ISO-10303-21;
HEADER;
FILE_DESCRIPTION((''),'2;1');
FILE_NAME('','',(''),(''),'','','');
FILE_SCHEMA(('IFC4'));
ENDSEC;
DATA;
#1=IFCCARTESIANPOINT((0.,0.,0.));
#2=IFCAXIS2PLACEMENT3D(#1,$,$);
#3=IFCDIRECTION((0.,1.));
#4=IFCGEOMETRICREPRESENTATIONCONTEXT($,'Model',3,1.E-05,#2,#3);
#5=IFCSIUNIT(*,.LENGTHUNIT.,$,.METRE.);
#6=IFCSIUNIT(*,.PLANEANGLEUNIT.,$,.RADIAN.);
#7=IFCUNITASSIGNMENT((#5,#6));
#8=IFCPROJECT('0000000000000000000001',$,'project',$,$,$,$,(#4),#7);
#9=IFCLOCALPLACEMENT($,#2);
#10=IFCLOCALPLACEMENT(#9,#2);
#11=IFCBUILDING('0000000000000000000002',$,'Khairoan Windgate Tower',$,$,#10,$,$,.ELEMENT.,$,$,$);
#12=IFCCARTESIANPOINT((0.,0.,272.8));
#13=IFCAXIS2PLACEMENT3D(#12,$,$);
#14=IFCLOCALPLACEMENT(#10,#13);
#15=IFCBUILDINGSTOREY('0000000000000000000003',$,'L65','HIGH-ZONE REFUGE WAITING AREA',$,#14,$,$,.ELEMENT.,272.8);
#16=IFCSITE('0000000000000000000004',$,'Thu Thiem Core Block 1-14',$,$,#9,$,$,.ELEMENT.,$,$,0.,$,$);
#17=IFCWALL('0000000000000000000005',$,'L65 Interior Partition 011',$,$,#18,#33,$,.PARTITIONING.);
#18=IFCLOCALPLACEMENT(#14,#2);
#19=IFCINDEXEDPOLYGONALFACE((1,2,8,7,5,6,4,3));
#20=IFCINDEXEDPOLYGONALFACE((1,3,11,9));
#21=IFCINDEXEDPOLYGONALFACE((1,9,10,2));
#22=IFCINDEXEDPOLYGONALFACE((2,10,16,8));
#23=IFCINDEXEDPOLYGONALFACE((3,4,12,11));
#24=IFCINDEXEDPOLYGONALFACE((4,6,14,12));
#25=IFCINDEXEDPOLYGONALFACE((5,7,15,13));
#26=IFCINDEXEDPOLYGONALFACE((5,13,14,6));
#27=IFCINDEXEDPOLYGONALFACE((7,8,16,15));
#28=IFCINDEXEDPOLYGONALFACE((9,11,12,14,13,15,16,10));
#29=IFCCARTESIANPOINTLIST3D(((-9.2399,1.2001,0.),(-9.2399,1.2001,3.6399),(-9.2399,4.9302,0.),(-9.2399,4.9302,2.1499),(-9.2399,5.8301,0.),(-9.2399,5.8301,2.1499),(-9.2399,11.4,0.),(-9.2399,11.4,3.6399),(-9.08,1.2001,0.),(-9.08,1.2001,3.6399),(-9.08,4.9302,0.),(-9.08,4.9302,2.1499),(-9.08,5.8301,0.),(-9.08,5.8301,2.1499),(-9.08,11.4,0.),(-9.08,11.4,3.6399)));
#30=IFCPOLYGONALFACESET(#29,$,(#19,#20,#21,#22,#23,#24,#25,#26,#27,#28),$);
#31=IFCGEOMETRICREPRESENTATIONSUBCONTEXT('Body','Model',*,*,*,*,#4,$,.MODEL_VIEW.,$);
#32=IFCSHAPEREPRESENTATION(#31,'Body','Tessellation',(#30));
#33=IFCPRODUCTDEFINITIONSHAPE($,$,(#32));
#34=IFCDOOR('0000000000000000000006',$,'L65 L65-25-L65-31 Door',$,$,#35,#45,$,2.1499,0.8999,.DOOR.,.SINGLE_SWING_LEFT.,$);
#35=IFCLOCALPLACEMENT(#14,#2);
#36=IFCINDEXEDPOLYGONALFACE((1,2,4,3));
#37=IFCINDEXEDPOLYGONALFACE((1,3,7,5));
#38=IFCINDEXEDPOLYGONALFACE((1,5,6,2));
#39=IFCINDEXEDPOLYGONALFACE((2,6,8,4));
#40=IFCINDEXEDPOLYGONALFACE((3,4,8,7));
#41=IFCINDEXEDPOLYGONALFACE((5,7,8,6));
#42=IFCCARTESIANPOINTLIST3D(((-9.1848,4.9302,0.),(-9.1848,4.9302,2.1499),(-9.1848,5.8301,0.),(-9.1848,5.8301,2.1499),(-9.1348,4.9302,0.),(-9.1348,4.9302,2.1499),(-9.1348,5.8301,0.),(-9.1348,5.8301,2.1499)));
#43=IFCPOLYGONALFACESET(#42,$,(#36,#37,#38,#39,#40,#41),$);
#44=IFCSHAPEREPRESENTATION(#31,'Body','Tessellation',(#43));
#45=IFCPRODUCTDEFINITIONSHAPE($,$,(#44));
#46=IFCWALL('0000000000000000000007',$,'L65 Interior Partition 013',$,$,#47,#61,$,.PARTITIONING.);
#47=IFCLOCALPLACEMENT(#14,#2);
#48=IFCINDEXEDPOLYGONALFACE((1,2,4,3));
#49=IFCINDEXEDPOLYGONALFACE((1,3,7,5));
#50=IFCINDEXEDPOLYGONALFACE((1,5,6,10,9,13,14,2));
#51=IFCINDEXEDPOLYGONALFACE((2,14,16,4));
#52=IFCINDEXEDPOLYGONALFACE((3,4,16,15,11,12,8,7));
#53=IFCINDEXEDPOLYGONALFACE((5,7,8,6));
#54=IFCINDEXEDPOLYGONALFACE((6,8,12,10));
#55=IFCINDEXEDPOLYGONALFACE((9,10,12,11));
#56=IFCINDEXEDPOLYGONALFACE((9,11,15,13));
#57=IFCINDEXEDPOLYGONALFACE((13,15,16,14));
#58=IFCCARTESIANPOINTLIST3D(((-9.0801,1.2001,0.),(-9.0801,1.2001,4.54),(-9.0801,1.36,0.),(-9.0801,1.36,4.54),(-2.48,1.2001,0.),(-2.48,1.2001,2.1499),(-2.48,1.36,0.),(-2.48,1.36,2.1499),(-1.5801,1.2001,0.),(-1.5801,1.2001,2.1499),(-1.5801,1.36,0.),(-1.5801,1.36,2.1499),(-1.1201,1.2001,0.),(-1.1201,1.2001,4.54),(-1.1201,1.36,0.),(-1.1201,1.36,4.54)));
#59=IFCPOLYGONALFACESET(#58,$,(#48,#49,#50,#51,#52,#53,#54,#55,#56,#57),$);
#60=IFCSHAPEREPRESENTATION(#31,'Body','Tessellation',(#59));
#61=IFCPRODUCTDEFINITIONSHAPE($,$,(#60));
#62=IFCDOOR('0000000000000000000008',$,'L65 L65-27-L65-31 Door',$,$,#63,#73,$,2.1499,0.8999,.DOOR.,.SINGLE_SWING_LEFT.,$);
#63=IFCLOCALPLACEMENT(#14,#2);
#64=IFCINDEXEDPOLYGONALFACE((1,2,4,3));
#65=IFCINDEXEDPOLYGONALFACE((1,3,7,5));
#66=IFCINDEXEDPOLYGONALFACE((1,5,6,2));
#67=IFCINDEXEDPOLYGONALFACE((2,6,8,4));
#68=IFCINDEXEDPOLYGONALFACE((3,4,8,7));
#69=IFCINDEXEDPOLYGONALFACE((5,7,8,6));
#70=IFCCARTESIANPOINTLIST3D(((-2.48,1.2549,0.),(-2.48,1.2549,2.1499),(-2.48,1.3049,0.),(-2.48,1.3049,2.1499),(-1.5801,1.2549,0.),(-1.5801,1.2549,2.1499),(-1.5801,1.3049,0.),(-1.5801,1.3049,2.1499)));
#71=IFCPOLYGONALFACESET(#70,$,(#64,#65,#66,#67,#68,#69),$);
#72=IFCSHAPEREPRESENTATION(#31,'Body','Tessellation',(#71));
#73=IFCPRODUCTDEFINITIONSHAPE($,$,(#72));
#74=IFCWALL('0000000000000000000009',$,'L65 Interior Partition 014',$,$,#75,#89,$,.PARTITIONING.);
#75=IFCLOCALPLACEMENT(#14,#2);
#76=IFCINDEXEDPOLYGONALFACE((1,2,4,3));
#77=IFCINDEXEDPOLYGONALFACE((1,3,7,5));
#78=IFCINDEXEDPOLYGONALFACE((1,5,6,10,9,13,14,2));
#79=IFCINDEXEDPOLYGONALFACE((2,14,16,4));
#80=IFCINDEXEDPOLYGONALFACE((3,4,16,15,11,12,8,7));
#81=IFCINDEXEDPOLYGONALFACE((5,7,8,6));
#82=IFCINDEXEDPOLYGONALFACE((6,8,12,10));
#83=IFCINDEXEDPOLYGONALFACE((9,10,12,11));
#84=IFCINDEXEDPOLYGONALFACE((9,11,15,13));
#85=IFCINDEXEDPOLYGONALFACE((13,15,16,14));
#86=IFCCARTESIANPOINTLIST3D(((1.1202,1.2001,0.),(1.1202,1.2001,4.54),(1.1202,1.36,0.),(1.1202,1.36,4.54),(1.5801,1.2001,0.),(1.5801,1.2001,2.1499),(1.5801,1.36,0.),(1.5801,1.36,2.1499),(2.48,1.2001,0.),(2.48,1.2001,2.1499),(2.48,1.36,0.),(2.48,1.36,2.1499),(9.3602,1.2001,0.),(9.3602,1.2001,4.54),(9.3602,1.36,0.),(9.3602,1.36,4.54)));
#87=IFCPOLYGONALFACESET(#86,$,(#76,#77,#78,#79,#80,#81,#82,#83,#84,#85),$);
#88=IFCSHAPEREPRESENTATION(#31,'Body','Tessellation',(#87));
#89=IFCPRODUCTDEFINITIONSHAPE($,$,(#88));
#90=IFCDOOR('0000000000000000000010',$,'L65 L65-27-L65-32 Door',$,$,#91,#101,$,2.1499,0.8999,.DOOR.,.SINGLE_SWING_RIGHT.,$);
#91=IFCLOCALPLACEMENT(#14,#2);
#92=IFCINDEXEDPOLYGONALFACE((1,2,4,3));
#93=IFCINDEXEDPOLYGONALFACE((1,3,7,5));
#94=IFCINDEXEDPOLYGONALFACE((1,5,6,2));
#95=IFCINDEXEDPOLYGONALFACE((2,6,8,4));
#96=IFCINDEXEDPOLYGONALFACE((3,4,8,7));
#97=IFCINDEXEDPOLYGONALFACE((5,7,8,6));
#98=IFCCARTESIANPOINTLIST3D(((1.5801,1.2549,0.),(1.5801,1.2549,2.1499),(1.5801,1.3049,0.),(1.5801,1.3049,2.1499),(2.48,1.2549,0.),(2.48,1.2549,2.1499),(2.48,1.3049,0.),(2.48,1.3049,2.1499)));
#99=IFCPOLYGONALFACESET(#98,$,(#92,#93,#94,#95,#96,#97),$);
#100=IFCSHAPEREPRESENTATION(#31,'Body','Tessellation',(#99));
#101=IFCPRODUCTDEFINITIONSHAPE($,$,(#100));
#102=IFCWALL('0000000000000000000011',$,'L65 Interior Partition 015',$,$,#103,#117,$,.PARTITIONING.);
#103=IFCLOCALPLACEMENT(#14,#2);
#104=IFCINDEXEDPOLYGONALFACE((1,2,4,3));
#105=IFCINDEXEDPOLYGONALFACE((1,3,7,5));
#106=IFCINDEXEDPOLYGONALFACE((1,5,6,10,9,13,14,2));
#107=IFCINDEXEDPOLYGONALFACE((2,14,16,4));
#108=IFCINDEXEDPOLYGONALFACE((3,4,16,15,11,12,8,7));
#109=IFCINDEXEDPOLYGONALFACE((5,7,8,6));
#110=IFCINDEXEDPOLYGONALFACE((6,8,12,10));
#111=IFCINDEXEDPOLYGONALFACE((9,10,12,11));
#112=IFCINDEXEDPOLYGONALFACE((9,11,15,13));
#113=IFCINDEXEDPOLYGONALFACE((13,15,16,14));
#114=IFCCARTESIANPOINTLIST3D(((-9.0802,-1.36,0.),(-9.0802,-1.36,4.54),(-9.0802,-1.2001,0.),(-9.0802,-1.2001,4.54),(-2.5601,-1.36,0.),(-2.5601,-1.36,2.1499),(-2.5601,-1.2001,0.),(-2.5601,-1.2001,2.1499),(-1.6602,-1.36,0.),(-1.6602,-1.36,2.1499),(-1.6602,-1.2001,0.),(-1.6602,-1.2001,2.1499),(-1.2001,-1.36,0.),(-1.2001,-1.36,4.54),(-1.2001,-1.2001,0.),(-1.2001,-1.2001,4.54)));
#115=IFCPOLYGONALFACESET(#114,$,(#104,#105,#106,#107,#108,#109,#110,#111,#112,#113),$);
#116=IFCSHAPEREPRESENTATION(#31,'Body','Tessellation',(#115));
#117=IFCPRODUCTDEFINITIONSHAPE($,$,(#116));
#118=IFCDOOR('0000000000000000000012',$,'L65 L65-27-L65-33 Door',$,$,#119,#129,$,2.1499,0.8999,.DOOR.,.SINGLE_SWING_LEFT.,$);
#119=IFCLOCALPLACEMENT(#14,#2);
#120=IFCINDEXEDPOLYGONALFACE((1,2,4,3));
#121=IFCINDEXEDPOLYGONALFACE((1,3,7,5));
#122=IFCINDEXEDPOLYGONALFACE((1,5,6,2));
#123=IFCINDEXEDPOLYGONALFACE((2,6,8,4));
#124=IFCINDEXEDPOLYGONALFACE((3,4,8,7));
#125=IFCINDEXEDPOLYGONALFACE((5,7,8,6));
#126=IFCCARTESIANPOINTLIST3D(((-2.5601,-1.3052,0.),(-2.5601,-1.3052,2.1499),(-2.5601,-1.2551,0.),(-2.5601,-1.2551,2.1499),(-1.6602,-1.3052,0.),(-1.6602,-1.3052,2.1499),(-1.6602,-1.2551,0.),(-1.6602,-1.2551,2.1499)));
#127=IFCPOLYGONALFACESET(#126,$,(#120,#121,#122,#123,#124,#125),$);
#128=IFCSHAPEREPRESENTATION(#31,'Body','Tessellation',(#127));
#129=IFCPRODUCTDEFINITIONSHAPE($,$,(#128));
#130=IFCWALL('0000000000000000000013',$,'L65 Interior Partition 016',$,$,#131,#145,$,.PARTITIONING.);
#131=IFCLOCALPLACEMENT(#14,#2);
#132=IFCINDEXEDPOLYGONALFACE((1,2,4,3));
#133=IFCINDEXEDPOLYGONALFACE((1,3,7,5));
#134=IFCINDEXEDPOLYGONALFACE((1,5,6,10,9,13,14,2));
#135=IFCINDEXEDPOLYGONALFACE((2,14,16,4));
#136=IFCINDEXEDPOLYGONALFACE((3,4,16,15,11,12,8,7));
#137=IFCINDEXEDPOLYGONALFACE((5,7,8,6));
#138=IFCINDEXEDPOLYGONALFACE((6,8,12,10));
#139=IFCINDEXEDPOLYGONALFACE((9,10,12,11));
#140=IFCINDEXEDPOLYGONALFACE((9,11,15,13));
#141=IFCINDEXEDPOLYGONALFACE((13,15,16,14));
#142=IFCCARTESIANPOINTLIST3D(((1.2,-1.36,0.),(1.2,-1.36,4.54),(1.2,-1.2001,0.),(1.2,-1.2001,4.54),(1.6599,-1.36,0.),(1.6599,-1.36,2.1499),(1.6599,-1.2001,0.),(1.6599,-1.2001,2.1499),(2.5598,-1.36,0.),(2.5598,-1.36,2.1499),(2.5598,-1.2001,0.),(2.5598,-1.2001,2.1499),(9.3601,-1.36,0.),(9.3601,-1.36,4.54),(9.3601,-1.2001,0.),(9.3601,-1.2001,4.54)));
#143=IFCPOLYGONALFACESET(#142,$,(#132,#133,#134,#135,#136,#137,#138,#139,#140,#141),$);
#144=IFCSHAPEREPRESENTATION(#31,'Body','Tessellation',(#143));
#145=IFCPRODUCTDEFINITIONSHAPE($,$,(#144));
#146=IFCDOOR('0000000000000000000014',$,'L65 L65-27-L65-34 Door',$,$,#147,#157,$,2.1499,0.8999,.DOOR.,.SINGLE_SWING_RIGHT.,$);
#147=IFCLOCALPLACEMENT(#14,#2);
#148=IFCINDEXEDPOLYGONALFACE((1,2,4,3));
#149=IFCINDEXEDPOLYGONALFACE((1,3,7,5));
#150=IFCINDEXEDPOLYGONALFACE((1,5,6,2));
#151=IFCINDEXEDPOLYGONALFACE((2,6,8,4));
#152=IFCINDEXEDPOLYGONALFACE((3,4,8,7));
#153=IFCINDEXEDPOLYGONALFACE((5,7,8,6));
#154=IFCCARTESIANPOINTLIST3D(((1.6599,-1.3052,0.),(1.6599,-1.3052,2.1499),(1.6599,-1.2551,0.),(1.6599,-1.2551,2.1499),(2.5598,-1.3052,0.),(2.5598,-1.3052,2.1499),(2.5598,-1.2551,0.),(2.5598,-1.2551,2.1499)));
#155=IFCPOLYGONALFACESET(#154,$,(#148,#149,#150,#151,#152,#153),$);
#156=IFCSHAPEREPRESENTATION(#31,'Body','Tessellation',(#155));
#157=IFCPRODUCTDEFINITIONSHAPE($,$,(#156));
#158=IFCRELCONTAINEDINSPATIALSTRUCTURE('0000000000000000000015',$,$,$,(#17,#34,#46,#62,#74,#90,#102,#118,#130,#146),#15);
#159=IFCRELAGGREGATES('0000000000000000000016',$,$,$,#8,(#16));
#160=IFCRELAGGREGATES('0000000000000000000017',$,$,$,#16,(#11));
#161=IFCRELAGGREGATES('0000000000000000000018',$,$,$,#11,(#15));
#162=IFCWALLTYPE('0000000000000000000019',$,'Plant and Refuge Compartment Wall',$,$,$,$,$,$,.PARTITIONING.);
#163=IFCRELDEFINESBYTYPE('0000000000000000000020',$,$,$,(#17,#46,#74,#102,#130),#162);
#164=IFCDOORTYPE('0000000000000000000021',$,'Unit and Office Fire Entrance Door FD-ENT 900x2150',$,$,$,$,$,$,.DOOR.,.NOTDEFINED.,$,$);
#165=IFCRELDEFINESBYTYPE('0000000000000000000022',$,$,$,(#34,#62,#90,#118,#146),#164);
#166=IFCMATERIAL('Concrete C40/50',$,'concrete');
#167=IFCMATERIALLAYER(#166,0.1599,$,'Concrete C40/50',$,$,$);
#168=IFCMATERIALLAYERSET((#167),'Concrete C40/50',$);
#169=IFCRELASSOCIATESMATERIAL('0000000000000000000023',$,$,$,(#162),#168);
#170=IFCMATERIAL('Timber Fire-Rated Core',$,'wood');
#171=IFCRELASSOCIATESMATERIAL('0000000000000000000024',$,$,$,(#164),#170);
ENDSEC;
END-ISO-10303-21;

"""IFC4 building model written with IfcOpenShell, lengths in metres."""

from ifc_helpers import new_model, si_unit, direction, frame, frame_2d, origin, place, context, subcontext, project, spatial, rectangle, extrude, material, layer, layer_set, type_object, element, fill, save


model = new_model("IFC4")

# Units and contexts
model_context = context("Model", 3, precision=1e-05, world=origin(), true_north=direction((0.0, 1.0)))
body_context = subcontext(model_context, "Body", "Model", "MODEL_VIEW")
ifc_project = project(units=[si_unit("LENGTHUNIT", "METRE"), si_unit("PLANEANGLEUNIT", "RADIAN")], contexts=[model_context])

# Site, building, storey
site_placement = place(None, origin())
site = spatial("IfcSite", under=ifc_project, at=site_placement, Name="Thu Thiem Core Block 1-14", CompositionType="ELEMENT", RefElevation=0.0)
building_placement = place(site_placement, origin())
building = spatial("IfcBuilding", under=site, at=building_placement, Name="Khairoan Windgate Tower", CompositionType="ELEMENT")
storey_placement = place(building_placement, frame((0.0, 0.0, 272.8)))
storey = spatial("IfcBuildingStorey", under=building, at=storey_placement, Name="L65", Description="HIGH-ZONE REFUGE WAITING AREA", CompositionType="ELEMENT", Elevation=272.8)

# Walls, openings, doors
ifc_material_1 = material(Name="Concrete C40/50", Category="concrete")
ifc_layer_1 = layer(ifc_material_1, 0.1599, Name="Concrete C40/50")
ifc_layer_set_1 = layer_set([ifc_layer_1], Name="Concrete C40/50")
wall_type = type_object("IfcWallType", Name="Plant and Refuge Compartment Wall", PredefinedType="PARTITIONING", material=ifc_layer_set_1)
wall_1_placement = place(storey_placement, frame((-9.1599, 1.2, 0.0), z_axis=(0.0, 0.0, 1.0), x_axis=(0.0, 1.0, 0.0)))
wall_1 = element("IfcWall", 1, at=wall_1_placement, inside=storey, type_object=wall_type, Name="L65 Interior Partition 011", PredefinedType="PARTITIONING", context=body_context, shape_type="SweptSolid", body=[
    extrude(rectangle(XDim=10.2, YDim=0.1599, at=frame_2d((5.1001, 0.0))), origin(), (0.0, 0.0, 1.0), 3.6399),
])
opening_1_placement = place(wall_1_placement, frame((3.7302, 0.0, 0.0)))
opening_1 = element("IfcOpeningElement", 2, at=opening_1_placement, cuts=wall_1, PredefinedType="OPENING", context=body_context, shape_type="SweptSolid", body=[
    extrude(rectangle(XDim=0.8999, YDim=2.1499, at=frame_2d((0.45, 1.075))), frame((0.0, 0.0898, 0.0), z_axis=(0.0, -1.0, 0.0), x_axis=(1.0, 0.0, 0.0)), (0.0, 0.0, 1.0), 0.1799),
])
ifc_material_2 = material(Name="Timber Fire-Rated Core", Category="wood")
door_type = type_object("IfcDoorType", Name="Unit and Office Fire Entrance Door FD-ENT 900x2150", OperationType="NOTDEFINED", PredefinedType="DOOR", material=ifc_material_2)
door_1_placement = place(opening_1_placement, origin())
door_1 = element("IfcDoor", 3, at=door_1_placement, inside=storey, type_object=door_type, Name="L65 L65-25-L65-31 Door", OperationType="SINGLE_SWING_LEFT", OverallHeight=2.1499, OverallWidth=0.8999, PredefinedType="DOOR", context=body_context, shape_type="SweptSolid", body=[
    extrude(rectangle(XDim=0.8999, YDim=2.1499, at=frame_2d((0.45, 1.075))), frame((0.0, 0.0249, 0.0), z_axis=(0.0, -1.0, 0.0), x_axis=(1.0, 0.0, 0.0)), (0.0, 0.0, 1.0), 0.05),
])
fill(opening_1, door_1)
wall_2_placement = place(storey_placement, frame((-9.0801, 1.28, 0.0), z_axis=(0.0, 0.0, 1.0), x_axis=(1.0, 0.0, 0.0)))
wall_2 = element("IfcWall", 4, at=wall_2_placement, inside=storey, type_object=wall_type, Name="L65 Interior Partition 013", PredefinedType="PARTITIONING", context=body_context, shape_type="SweptSolid", body=[
    extrude(rectangle(XDim=7.96, YDim=0.1599, at=frame_2d((3.98, 0.0))), origin(), (0.0, 0.0, 1.0), 4.54),
])
opening_2_placement = place(wall_2_placement, frame((6.6001, 0.0, 0.0)))
opening_2 = element("IfcOpeningElement", 5, at=opening_2_placement, cuts=wall_2, PredefinedType="OPENING", context=body_context, shape_type="SweptSolid", body=[
    extrude(rectangle(XDim=0.8999, YDim=2.1499, at=frame_2d((0.45, 1.075))), frame((0.0, 0.0898, 0.0), z_axis=(0.0, -1.0, 0.0), x_axis=(1.0, 0.0, 0.0)), (0.0, 0.0, 1.0), 0.1799),
])
door_2_placement = place(opening_2_placement, origin())
door_2 = element("IfcDoor", 6, at=door_2_placement, inside=storey, type_object=door_type, Name="L65 L65-27-L65-31 Door", OperationType="SINGLE_SWING_LEFT", OverallHeight=2.1499, OverallWidth=0.8999, PredefinedType="DOOR", context=body_context, shape_type="SweptSolid", body=[
    extrude(rectangle(XDim=0.8999, YDim=2.1499, at=frame_2d((0.45, 1.075))), frame((0.0, 0.0249, 0.0), z_axis=(0.0, -1.0, 0.0), x_axis=(1.0, 0.0, 0.0)), (0.0, 0.0, 1.0), 0.05),
])
fill(opening_2, door_2)
wall_3_placement = place(storey_placement, frame((1.1201, 1.28, 0.0), z_axis=(0.0, 0.0, 1.0), x_axis=(1.0, 0.0, 0.0)))
wall_3 = element("IfcWall", 7, at=wall_3_placement, inside=storey, type_object=wall_type, Name="L65 Interior Partition 014", PredefinedType="PARTITIONING", context=body_context, shape_type="SweptSolid", body=[
    extrude(rectangle(XDim=8.24, YDim=0.1599, at=frame_2d((4.1201, 0.0))), origin(), (0.0, 0.0, 1.0), 4.54),
])
opening_3_placement = place(wall_3_placement, frame((0.46, 0.0, 0.0)))
opening_3 = element("IfcOpeningElement", 8, at=opening_3_placement, cuts=wall_3, PredefinedType="OPENING", context=body_context, shape_type="SweptSolid", body=[
    extrude(rectangle(XDim=0.8999, YDim=2.1499, at=frame_2d((0.45, 1.075))), frame((0.0, 0.0898, 0.0), z_axis=(0.0, -1.0, 0.0), x_axis=(1.0, 0.0, 0.0)), (0.0, 0.0, 1.0), 0.1799),
])
door_3_placement = place(opening_3_placement, origin())
door_3 = element("IfcDoor", 9, at=door_3_placement, inside=storey, type_object=door_type, Name="L65 L65-27-L65-32 Door", OperationType="SINGLE_SWING_RIGHT", OverallHeight=2.1499, OverallWidth=0.8999, PredefinedType="DOOR", context=body_context, shape_type="SweptSolid", body=[
    extrude(rectangle(XDim=0.8999, YDim=2.1499, at=frame_2d((0.45, 1.075))), frame((0.0, 0.0249, 0.0), z_axis=(0.0, -1.0, 0.0), x_axis=(1.0, 0.0, 0.0)), (0.0, 0.0, 1.0), 0.05),
])
fill(opening_3, door_3)
wall_4_placement = place(storey_placement, frame((-9.0801, -1.28, 0.0), z_axis=(0.0, 0.0, 1.0), x_axis=(1.0, 0.0, 0.0)))
wall_4 = element("IfcWall", 10, at=wall_4_placement, inside=storey, type_object=wall_type, Name="L65 Interior Partition 015", PredefinedType="PARTITIONING", context=body_context, shape_type="SweptSolid", body=[
    extrude(rectangle(XDim=7.8801, YDim=0.1599, at=frame_2d((3.9399, 0.0))), origin(), (0.0, 0.0, 1.0), 4.54),
])
opening_4_placement = place(wall_4_placement, frame((6.52, 0.0, 0.0)))
opening_4 = element("IfcOpeningElement", 11, at=opening_4_placement, cuts=wall_4, PredefinedType="OPENING", context=body_context, shape_type="SweptSolid", body=[
    extrude(rectangle(XDim=0.8999, YDim=2.1499, at=frame_2d((0.45, 1.075))), frame((0.0, 0.0898, 0.0), z_axis=(0.0, -1.0, 0.0), x_axis=(1.0, 0.0, 0.0)), (0.0, 0.0, 1.0), 0.1799),
])
door_4_placement = place(opening_4_placement, origin())
door_4 = element("IfcDoor", 12, at=door_4_placement, inside=storey, type_object=door_type, Name="L65 L65-27-L65-33 Door", OperationType="SINGLE_SWING_LEFT", OverallHeight=2.1499, OverallWidth=0.8999, PredefinedType="DOOR", context=body_context, shape_type="SweptSolid", body=[
    extrude(rectangle(XDim=0.8999, YDim=2.1499, at=frame_2d((0.45, 1.075))), frame((0.0, 0.0249, 0.0), z_axis=(0.0, -1.0, 0.0), x_axis=(1.0, 0.0, 0.0)), (0.0, 0.0, 1.0), 0.05),
])
fill(opening_4, door_4)
wall_5_placement = place(storey_placement, frame((1.2, -1.28, 0.0), z_axis=(0.0, 0.0, 1.0), x_axis=(1.0, 0.0, 0.0)))
wall_5 = element("IfcWall", 13, at=wall_5_placement, inside=storey, type_object=wall_type, Name="L65 Interior Partition 016", PredefinedType="PARTITIONING", context=body_context, shape_type="SweptSolid", body=[
    extrude(rectangle(XDim=8.1602, YDim=0.1599, at=frame_2d((4.0801, 0.0))), origin(), (0.0, 0.0, 1.0), 4.54),
])
opening_5_placement = place(wall_5_placement, frame((0.46, 0.0, 0.0)))
opening_5 = element("IfcOpeningElement", 14, at=opening_5_placement, cuts=wall_5, PredefinedType="OPENING", context=body_context, shape_type="SweptSolid", body=[
    extrude(rectangle(XDim=0.8999, YDim=2.1499, at=frame_2d((0.45, 1.075))), frame((0.0, 0.0898, 0.0), z_axis=(0.0, -1.0, 0.0), x_axis=(1.0, 0.0, 0.0)), (0.0, 0.0, 1.0), 0.1799),
])
door_5_placement = place(opening_5_placement, origin())
door_5 = element("IfcDoor", 15, at=door_5_placement, inside=storey, type_object=door_type, Name="L65 L65-27-L65-34 Door", OperationType="SINGLE_SWING_RIGHT", OverallHeight=2.1499, OverallWidth=0.8999, PredefinedType="DOOR", context=body_context, shape_type="SweptSolid", body=[
    extrude(rectangle(XDim=0.8999, YDim=2.1499, at=frame_2d((0.45, 1.075))), frame((0.0, 0.0249, 0.0), z_axis=(0.0, -1.0, 0.0), x_axis=(1.0, 0.0, 0.0)), (0.0, 0.0, 1.0), 0.05),
])
fill(opening_5, door_5)

save(model, "model.ifc")
